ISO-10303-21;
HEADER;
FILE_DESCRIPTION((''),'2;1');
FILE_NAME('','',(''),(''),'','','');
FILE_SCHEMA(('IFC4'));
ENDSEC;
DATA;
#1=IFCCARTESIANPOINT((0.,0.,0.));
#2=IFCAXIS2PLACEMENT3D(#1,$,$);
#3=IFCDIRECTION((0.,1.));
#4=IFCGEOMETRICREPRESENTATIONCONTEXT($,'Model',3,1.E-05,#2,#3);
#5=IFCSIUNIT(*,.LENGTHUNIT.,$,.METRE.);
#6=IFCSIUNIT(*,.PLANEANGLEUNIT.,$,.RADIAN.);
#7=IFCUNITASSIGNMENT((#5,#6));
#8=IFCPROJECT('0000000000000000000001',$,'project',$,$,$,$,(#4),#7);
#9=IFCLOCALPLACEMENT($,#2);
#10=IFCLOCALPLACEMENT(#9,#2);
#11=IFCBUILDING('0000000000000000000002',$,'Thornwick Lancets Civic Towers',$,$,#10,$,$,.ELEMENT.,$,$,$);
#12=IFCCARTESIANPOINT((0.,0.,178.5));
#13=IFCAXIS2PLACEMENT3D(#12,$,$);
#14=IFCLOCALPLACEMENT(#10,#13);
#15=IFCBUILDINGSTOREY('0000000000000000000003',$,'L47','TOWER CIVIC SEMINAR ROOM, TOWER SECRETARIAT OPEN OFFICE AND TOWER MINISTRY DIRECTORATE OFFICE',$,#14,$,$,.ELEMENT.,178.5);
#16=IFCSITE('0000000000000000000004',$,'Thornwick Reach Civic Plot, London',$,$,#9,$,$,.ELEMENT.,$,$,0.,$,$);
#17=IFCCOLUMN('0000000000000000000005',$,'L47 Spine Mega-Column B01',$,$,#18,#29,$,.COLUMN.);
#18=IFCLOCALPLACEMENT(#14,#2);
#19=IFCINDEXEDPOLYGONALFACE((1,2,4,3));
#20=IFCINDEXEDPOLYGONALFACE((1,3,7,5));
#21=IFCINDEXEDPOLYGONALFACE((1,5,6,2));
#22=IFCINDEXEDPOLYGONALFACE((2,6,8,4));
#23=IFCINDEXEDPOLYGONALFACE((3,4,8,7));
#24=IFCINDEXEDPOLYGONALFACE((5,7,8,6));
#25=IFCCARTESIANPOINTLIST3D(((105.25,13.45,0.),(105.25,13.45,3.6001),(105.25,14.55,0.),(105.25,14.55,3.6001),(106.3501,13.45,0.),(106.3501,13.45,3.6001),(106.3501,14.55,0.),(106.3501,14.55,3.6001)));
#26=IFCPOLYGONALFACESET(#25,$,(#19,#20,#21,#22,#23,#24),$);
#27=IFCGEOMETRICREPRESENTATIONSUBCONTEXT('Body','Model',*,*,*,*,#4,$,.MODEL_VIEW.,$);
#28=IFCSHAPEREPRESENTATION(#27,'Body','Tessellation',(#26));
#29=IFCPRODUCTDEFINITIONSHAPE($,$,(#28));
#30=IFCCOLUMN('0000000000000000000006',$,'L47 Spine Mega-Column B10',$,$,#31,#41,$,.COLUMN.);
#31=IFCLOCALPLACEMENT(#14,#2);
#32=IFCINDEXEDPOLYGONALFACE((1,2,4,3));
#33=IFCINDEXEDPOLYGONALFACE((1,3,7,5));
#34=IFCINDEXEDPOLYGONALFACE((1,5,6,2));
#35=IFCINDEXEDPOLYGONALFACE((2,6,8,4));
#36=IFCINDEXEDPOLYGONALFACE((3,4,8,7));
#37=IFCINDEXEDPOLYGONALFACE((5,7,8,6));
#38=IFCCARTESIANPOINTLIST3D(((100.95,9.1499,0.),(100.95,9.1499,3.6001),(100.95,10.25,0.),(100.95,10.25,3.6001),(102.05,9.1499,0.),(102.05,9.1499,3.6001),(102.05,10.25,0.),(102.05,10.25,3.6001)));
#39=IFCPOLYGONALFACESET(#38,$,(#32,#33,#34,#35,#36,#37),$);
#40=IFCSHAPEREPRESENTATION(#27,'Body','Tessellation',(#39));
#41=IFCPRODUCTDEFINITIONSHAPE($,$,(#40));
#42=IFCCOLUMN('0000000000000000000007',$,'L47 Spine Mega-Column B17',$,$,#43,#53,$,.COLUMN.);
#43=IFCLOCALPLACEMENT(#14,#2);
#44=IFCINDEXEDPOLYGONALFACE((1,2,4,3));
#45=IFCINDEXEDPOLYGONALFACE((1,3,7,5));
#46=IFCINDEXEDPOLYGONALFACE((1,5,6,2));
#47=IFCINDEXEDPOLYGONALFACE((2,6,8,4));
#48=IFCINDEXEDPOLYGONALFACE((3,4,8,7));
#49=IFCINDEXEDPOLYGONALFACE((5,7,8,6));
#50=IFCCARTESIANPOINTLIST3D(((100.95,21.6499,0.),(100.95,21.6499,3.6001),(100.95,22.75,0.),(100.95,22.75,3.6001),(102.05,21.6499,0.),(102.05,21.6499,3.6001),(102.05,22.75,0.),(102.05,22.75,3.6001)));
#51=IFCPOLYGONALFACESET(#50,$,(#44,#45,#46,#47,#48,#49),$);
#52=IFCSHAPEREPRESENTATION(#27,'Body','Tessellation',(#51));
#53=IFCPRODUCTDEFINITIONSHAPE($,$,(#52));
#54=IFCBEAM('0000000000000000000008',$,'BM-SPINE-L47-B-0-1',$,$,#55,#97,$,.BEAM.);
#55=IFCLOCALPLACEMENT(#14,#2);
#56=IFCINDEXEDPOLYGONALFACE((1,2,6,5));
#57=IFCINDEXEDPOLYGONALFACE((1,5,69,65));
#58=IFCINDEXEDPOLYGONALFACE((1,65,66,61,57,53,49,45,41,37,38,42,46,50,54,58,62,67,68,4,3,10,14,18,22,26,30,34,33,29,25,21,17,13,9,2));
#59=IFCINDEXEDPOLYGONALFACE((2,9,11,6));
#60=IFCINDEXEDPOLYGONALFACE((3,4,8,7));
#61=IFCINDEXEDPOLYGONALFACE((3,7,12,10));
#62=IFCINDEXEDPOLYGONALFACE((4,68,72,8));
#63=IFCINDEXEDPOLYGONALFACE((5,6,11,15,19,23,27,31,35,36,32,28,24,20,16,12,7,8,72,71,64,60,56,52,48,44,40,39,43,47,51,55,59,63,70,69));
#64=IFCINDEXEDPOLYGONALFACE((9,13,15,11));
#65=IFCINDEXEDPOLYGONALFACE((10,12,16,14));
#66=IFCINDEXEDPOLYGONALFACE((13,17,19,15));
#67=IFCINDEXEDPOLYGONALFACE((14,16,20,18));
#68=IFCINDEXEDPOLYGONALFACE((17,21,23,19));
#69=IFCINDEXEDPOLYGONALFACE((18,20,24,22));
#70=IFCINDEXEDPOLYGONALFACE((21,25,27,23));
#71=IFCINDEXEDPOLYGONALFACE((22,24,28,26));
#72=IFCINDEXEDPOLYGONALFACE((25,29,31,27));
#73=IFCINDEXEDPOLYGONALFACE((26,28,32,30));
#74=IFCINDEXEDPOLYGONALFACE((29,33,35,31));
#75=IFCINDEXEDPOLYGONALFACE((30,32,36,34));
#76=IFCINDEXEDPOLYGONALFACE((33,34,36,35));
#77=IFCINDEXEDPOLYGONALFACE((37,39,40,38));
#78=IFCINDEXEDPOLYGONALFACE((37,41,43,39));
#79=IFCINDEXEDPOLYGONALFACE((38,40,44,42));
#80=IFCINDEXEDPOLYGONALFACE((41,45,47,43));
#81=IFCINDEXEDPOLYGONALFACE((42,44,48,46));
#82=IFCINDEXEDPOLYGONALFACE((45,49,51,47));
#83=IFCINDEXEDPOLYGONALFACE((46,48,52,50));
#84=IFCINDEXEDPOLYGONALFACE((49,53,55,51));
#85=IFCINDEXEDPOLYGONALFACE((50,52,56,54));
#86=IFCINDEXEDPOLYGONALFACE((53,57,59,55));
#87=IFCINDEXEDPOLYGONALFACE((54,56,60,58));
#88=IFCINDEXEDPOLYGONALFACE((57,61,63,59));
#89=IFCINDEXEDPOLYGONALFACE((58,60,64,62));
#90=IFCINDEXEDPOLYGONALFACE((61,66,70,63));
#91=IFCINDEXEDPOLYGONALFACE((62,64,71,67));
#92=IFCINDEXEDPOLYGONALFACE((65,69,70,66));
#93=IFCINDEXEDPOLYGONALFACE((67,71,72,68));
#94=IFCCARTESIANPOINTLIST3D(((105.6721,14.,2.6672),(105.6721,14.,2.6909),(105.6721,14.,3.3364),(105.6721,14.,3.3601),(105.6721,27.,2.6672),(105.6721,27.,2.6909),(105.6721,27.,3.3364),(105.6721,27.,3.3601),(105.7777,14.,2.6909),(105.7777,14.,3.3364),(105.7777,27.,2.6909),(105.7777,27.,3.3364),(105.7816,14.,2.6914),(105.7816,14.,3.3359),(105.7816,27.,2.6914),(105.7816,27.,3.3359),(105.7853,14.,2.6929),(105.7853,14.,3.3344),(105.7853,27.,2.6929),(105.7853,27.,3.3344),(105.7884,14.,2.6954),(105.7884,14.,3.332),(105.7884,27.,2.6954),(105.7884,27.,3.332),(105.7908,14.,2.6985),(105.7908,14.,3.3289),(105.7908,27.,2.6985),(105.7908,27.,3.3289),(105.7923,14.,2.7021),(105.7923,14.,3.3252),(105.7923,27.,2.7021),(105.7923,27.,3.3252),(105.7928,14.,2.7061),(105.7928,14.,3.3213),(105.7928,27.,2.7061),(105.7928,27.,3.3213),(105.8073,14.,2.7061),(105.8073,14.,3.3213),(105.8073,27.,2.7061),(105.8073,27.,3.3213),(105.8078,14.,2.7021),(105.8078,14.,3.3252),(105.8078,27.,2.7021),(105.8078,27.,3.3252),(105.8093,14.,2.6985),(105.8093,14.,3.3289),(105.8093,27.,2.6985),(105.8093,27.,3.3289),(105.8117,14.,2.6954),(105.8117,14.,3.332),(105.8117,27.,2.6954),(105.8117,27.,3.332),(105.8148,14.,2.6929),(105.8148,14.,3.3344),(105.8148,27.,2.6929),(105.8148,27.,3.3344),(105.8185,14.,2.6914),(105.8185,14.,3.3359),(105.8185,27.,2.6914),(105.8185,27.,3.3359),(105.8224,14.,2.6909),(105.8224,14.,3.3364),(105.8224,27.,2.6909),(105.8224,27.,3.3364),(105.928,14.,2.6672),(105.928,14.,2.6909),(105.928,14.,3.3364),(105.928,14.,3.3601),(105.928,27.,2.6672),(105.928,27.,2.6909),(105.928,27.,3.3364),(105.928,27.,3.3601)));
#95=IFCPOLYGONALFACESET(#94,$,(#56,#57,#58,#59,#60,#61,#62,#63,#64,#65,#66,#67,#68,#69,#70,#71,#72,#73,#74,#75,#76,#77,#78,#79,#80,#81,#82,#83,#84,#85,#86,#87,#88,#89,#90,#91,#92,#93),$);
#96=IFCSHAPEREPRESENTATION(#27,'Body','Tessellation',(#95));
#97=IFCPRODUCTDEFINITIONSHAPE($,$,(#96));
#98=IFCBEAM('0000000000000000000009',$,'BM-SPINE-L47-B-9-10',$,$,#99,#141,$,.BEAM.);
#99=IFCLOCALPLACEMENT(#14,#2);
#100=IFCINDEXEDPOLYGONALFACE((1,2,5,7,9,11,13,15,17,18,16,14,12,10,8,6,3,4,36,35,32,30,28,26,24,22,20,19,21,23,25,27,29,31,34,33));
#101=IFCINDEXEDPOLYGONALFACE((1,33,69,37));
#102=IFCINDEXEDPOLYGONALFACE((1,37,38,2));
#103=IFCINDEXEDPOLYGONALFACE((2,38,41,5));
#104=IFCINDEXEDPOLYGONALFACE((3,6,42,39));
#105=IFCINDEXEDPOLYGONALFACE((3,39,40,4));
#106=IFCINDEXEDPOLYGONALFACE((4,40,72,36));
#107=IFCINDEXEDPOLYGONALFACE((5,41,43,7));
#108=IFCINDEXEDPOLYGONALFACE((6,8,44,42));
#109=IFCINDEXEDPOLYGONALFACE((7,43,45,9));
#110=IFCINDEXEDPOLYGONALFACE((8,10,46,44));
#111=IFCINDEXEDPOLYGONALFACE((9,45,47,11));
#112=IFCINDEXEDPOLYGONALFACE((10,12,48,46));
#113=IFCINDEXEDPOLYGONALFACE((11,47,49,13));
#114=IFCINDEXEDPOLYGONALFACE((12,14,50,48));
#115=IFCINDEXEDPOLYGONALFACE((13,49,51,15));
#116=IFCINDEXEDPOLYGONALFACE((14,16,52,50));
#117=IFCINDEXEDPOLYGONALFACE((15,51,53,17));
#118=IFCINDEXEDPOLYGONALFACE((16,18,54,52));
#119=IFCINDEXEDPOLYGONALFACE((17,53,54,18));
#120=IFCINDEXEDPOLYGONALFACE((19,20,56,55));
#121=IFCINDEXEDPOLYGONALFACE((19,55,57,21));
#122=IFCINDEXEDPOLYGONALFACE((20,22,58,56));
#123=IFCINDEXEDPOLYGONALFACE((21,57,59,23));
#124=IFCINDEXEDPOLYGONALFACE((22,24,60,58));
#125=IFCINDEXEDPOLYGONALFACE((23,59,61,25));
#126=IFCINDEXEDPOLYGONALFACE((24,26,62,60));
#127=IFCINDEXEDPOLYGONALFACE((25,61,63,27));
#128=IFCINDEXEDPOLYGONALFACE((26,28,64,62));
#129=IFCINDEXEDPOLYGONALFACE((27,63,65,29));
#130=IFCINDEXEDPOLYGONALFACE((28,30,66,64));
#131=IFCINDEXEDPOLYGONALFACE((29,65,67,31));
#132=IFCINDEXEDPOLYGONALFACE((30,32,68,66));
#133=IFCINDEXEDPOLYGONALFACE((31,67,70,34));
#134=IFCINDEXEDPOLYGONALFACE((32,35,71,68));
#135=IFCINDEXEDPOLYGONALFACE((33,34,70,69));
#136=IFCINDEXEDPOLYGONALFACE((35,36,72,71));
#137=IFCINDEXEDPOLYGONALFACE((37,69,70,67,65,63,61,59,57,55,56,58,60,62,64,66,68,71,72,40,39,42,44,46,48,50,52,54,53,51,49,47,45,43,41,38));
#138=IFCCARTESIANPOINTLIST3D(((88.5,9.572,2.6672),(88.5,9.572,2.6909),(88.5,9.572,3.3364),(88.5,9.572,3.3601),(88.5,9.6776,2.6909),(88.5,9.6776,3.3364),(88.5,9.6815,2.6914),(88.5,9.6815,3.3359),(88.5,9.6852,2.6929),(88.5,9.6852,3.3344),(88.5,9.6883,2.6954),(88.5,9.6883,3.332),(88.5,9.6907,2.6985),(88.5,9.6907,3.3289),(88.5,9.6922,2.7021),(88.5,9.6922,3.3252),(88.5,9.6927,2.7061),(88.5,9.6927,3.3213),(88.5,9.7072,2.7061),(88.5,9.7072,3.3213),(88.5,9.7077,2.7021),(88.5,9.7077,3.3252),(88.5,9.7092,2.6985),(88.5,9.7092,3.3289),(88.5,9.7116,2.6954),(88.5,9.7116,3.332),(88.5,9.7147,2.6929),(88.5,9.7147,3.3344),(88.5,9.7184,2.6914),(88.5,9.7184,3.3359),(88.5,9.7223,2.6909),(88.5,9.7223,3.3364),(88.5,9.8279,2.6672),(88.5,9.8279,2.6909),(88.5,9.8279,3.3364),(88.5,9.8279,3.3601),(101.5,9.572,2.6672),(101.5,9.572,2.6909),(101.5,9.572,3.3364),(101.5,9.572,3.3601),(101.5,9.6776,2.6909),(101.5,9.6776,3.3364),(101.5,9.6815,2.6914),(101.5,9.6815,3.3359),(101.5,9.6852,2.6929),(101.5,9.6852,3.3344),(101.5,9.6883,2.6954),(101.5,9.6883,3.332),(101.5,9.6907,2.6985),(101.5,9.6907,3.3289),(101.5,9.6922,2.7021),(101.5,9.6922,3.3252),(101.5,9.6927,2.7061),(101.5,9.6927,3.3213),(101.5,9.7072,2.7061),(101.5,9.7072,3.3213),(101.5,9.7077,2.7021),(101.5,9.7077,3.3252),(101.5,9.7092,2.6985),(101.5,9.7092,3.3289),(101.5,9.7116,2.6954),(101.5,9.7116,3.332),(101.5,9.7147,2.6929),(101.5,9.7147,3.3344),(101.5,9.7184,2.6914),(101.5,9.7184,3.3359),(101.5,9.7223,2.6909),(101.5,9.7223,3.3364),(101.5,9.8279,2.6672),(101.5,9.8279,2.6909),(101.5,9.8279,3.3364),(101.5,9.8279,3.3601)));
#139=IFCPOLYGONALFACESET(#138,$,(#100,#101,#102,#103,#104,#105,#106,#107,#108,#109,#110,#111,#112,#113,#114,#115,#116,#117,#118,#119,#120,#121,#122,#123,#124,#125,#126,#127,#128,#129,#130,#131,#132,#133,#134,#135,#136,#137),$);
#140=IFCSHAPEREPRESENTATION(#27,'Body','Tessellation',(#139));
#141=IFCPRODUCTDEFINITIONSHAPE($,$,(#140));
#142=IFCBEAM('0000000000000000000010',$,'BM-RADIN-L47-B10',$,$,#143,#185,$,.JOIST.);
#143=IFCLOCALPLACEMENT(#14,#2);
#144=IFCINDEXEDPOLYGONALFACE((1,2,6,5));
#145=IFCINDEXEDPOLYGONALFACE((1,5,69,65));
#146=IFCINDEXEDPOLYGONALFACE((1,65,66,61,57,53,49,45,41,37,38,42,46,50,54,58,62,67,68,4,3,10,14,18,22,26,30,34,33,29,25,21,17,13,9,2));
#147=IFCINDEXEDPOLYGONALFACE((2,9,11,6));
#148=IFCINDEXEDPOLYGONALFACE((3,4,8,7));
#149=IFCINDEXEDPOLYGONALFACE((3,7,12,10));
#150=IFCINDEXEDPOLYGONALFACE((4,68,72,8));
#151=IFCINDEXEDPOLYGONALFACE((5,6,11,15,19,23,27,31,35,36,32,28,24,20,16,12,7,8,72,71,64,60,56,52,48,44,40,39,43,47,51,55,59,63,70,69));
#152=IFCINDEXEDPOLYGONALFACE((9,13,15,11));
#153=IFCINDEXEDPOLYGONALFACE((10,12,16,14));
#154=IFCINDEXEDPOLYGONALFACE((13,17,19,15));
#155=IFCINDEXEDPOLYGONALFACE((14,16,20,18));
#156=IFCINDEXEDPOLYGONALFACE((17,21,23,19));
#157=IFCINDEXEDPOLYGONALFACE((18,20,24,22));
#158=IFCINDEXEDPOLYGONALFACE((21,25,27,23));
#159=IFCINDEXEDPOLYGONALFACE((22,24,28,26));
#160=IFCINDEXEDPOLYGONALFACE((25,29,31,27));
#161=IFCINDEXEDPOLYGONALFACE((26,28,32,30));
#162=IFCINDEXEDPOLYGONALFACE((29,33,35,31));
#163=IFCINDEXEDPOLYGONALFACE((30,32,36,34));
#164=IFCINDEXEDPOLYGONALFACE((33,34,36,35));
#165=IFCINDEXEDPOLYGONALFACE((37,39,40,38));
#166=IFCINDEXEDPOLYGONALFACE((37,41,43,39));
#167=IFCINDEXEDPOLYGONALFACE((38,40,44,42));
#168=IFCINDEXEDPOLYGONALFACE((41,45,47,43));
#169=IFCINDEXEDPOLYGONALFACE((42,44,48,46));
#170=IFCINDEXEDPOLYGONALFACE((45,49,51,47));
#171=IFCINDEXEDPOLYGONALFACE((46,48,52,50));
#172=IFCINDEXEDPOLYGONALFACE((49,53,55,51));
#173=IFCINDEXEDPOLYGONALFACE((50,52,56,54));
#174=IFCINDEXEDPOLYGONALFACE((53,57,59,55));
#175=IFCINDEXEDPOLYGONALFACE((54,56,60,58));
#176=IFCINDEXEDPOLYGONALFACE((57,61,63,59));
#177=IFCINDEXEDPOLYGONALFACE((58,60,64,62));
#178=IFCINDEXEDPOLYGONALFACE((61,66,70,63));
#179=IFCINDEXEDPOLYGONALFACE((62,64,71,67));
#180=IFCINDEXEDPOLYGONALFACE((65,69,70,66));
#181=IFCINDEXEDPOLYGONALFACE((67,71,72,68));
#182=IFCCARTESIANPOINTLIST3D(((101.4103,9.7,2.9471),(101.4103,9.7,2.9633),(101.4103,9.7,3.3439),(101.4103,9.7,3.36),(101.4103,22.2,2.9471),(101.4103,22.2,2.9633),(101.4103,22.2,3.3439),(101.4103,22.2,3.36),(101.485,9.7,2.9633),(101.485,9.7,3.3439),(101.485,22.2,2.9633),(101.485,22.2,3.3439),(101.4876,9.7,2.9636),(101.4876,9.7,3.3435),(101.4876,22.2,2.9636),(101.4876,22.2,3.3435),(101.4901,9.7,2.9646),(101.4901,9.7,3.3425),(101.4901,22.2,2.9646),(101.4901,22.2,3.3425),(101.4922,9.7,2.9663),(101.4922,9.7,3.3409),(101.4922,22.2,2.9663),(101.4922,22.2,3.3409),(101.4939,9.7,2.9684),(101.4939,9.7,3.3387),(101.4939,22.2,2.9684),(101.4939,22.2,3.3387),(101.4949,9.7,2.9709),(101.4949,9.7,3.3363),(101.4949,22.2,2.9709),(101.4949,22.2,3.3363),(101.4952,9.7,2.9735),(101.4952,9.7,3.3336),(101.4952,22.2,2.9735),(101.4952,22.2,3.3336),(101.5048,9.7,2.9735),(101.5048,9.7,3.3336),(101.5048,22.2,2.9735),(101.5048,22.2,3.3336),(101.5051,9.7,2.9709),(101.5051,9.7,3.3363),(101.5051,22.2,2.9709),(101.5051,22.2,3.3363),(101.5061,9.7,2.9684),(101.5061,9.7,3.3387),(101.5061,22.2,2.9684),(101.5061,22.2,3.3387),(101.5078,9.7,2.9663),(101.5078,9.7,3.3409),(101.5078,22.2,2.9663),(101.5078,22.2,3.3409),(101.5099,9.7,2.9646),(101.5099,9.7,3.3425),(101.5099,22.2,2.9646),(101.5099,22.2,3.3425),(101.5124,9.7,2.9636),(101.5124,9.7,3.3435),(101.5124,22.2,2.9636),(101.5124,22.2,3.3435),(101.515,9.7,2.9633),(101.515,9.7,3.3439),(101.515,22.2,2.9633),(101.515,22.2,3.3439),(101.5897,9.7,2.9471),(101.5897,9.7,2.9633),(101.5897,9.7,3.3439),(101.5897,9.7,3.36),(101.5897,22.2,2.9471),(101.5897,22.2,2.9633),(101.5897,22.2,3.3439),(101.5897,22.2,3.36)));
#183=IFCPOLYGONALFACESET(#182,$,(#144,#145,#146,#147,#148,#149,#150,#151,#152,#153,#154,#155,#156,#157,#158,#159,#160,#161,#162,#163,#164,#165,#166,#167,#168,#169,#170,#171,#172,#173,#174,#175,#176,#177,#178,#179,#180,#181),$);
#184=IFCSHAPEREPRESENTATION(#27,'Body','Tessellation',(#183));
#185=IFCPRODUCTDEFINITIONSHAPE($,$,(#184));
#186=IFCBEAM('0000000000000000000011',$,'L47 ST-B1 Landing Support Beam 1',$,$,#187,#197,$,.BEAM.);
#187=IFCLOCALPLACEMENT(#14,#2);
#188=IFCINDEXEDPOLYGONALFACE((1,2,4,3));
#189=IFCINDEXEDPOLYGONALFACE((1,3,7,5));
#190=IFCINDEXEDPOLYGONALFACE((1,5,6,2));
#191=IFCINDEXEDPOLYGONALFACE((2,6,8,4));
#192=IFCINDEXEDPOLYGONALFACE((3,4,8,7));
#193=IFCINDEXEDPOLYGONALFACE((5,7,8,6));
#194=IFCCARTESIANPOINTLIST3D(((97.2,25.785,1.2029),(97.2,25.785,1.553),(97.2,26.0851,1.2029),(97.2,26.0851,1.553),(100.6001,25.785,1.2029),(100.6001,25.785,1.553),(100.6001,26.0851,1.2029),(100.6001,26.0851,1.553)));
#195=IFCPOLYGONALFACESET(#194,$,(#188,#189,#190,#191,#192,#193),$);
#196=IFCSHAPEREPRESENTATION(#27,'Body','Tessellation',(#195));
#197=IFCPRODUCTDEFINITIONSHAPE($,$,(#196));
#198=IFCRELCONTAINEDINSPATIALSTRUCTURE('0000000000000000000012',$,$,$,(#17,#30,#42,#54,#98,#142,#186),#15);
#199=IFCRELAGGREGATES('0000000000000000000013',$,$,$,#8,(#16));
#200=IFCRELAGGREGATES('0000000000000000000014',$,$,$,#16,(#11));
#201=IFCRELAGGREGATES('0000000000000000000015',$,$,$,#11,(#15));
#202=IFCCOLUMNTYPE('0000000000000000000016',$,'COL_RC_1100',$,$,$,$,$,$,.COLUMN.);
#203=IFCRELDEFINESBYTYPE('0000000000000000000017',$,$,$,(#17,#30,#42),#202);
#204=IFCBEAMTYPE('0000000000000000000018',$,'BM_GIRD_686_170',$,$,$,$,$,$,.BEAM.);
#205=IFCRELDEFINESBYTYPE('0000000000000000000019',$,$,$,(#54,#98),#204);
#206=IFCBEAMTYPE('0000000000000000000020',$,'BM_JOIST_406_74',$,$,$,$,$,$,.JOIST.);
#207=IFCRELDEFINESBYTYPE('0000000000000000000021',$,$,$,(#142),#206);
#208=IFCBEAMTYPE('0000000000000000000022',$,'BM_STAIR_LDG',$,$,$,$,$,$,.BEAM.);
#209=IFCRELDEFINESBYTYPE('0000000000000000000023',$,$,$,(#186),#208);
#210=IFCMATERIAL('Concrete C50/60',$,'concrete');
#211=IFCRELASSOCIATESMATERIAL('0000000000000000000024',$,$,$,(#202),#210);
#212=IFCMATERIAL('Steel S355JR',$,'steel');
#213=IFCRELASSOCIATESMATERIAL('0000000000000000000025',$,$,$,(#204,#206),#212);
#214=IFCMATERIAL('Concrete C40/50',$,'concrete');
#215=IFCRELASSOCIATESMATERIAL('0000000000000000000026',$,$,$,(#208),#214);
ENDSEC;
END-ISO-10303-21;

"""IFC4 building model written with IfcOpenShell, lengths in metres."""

from ifc_helpers import new_model, si_unit, direction, frame, origin, origin_2d, place, context, subcontext, project, spatial, rectangle, i_section, extrude, material, material_profile, profile_set, type_object, element, save


model = new_model("IFC4")

# Units and contexts
model_context = context("Model", 3, precision=1e-05, world=origin(), true_north=direction((0.0, 1.0)))
body_context = subcontext(model_context, "Body", "Model", "MODEL_VIEW")
ifc_project = project(units=[si_unit("LENGTHUNIT", "METRE"), si_unit("PLANEANGLEUNIT", "RADIAN")], contexts=[model_context])

# Site, building, storey
site_placement = place(None, origin())
site = spatial("IfcSite", under=ifc_project, at=site_placement, Name="Thornwick Reach Civic Plot, London", CompositionType="ELEMENT", RefElevation=0.0)
building_placement = place(site_placement, origin())
building = spatial("IfcBuilding", under=site, at=building_placement, Name="Thornwick Lancets Civic Towers", CompositionType="ELEMENT")
storey_placement = place(building_placement, frame((0.0, 0.0, 178.5)))
storey = spatial("IfcBuildingStorey", under=building, at=storey_placement, Name="L47", Description="TOWER CIVIC SEMINAR ROOM, TOWER SECRETARIAT OPEN OFFICE AND TOWER MINISTRY DIRECTORATE OFFICE", CompositionType="ELEMENT", Elevation=178.5)

# Columns
ifc_material_1 = material(Name="Concrete C50/60", Category="concrete")
ifc_material_profile_1 = material_profile(ifc_material_1, rectangle(XDim=1.1001, YDim=1.1001, at=origin_2d()), Name="RC 1100x1100")
ifc_profile_set_1 = profile_set([ifc_material_profile_1], Name="Concrete C50/60")
column_type = type_object("IfcColumnType", Name="COL_RC_1100", PredefinedType="COLUMN", material=ifc_profile_set_1)
for number, where, z_axis, x_axis, name in (
    (1, (105.8, 14.0, 0.0), (0.0, 0.0, 1.0), (1.0, 0.0, 0.0), "L47 Spine Mega-Column B01"),
    (2, (101.5, 9.7, 0.0), (0.0, 0.0, 1.0), (1.0, 0.0, 0.0), "L47 Spine Mega-Column B10"),
    (3, (101.5, 22.2, 0.0), (0.0, 0.0, 1.0), (1.0, 0.0, 0.0), "L47 Spine Mega-Column B17"),
):
    element("IfcColumn", number, at=place(storey_placement, frame(where, z_axis=z_axis, x_axis=x_axis)), inside=storey, type_object=column_type, Name=name, PredefinedType="COLUMN", context=body_context, shape_type="SweptSolid", body=[
        extrude(rectangle(XDim=1.1001, YDim=1.1001, at=origin_2d()), origin(), (0.0, 0.0, 1.0), 3.6001),
    ])

# Beams
ifc_material_2 = material(Name="Steel S355JR", Category="steel")
ifc_material_profile_2 = material_profile(ifc_material_2, i_section(OverallWidth=0.2559, OverallDepth=0.6929, WebThickness=0.0144, FlangeThickness=0.0237, FilletRadius=0.0151, at=origin_2d()), Name="UKB 686x254x170")
ifc_profile_set_2 = profile_set([ifc_material_profile_2], Name="Steel S355JR")
beam_type_1 = type_object("IfcBeamType", Name="BM_GIRD_686_170", PredefinedType="BEAM", material=ifc_profile_set_2)
for number, where, z_axis, x_axis, name in (
    (4, (105.8, 14.0, 3.0137), (0.0, 1.0, 0.0), (-1.0, 0.0, 0.0), "BM-SPINE-L47-B-0-1"),
    (5, (101.5, 9.7, 3.0137), (-1.0, 0.0, 0.0), (0.0, -1.0, 0.0), "BM-SPINE-L47-B-9-10"),
):
    element("IfcBeam", number, at=place(storey_placement, frame(where, z_axis=z_axis, x_axis=x_axis)), inside=storey, type_object=beam_type_1, Name=name, PredefinedType="BEAM", context=body_context, shape_type="SweptSolid", body=[
        extrude(i_section(OverallWidth=0.2559, OverallDepth=0.6929, WebThickness=0.0144, FlangeThickness=0.0237, FilletRadius=0.0151, at=origin_2d()), origin(), (0.0, 0.0, 1.0), 13.0),
    ])
ifc_material_profile_3 = material_profile(ifc_material_2, i_section(OverallWidth=0.1794, OverallDepth=0.4128, WebThickness=0.0095, FlangeThickness=0.0161, FilletRadius=0.0103, at=origin_2d()), Name="UKB 406x178x74")
ifc_profile_set_3 = profile_set([ifc_material_profile_3], Name="Steel S355JR")
beam_type_2 = type_object("IfcBeamType", Name="BM_JOIST_406_74", PredefinedType="JOIST", material=ifc_profile_set_3)
beam_1_placement = place(storey_placement, frame((101.5, 22.2, 3.1536), z_axis=(0.0, -1.0, 0.0), x_axis=(1.0, 0.0, 0.0)))
element("IfcBeam", 6, at=beam_1_placement, inside=storey, type_object=beam_type_2, Name="BM-RADIN-L47-B10", PredefinedType="JOIST", context=body_context, shape_type="SweptSolid", body=[
    extrude(i_section(OverallWidth=0.1794, OverallDepth=0.4128, WebThickness=0.0095, FlangeThickness=0.0161, FilletRadius=0.0103, at=origin_2d()), origin(), (0.0, 0.0, 1.0), 12.5),
])
ifc_material_3 = material(Name="Concrete C40/50", Category="concrete")
ifc_material_profile_4 = material_profile(ifc_material_3, rectangle(XDim=0.3, YDim=0.3501, at=origin_2d()), Name="RC 300x350")
ifc_profile_set_4 = profile_set([ifc_material_profile_4], Name="Concrete C40/50")
beam_type_3 = type_object("IfcBeamType", Name="BM_STAIR_LDG", PredefinedType="BEAM", material=ifc_profile_set_4)
beam_2_placement = place(storey_placement, frame((100.6001, 25.9351, 1.3779), z_axis=(-1.0, 0.0, 0.0), x_axis=(0.0, -1.0, 0.0)))
element("IfcBeam", 7, at=beam_2_placement, inside=storey, type_object=beam_type_3, Name="L47 ST-B1 Landing Support Beam 1", PredefinedType="BEAM", context=body_context, shape_type="SweptSolid", body=[
    extrude(rectangle(XDim=0.3, YDim=0.3501, at=origin_2d()), origin(), (0.0, 0.0, 1.0), 3.4001),
])

save(model, "model.ifc")
